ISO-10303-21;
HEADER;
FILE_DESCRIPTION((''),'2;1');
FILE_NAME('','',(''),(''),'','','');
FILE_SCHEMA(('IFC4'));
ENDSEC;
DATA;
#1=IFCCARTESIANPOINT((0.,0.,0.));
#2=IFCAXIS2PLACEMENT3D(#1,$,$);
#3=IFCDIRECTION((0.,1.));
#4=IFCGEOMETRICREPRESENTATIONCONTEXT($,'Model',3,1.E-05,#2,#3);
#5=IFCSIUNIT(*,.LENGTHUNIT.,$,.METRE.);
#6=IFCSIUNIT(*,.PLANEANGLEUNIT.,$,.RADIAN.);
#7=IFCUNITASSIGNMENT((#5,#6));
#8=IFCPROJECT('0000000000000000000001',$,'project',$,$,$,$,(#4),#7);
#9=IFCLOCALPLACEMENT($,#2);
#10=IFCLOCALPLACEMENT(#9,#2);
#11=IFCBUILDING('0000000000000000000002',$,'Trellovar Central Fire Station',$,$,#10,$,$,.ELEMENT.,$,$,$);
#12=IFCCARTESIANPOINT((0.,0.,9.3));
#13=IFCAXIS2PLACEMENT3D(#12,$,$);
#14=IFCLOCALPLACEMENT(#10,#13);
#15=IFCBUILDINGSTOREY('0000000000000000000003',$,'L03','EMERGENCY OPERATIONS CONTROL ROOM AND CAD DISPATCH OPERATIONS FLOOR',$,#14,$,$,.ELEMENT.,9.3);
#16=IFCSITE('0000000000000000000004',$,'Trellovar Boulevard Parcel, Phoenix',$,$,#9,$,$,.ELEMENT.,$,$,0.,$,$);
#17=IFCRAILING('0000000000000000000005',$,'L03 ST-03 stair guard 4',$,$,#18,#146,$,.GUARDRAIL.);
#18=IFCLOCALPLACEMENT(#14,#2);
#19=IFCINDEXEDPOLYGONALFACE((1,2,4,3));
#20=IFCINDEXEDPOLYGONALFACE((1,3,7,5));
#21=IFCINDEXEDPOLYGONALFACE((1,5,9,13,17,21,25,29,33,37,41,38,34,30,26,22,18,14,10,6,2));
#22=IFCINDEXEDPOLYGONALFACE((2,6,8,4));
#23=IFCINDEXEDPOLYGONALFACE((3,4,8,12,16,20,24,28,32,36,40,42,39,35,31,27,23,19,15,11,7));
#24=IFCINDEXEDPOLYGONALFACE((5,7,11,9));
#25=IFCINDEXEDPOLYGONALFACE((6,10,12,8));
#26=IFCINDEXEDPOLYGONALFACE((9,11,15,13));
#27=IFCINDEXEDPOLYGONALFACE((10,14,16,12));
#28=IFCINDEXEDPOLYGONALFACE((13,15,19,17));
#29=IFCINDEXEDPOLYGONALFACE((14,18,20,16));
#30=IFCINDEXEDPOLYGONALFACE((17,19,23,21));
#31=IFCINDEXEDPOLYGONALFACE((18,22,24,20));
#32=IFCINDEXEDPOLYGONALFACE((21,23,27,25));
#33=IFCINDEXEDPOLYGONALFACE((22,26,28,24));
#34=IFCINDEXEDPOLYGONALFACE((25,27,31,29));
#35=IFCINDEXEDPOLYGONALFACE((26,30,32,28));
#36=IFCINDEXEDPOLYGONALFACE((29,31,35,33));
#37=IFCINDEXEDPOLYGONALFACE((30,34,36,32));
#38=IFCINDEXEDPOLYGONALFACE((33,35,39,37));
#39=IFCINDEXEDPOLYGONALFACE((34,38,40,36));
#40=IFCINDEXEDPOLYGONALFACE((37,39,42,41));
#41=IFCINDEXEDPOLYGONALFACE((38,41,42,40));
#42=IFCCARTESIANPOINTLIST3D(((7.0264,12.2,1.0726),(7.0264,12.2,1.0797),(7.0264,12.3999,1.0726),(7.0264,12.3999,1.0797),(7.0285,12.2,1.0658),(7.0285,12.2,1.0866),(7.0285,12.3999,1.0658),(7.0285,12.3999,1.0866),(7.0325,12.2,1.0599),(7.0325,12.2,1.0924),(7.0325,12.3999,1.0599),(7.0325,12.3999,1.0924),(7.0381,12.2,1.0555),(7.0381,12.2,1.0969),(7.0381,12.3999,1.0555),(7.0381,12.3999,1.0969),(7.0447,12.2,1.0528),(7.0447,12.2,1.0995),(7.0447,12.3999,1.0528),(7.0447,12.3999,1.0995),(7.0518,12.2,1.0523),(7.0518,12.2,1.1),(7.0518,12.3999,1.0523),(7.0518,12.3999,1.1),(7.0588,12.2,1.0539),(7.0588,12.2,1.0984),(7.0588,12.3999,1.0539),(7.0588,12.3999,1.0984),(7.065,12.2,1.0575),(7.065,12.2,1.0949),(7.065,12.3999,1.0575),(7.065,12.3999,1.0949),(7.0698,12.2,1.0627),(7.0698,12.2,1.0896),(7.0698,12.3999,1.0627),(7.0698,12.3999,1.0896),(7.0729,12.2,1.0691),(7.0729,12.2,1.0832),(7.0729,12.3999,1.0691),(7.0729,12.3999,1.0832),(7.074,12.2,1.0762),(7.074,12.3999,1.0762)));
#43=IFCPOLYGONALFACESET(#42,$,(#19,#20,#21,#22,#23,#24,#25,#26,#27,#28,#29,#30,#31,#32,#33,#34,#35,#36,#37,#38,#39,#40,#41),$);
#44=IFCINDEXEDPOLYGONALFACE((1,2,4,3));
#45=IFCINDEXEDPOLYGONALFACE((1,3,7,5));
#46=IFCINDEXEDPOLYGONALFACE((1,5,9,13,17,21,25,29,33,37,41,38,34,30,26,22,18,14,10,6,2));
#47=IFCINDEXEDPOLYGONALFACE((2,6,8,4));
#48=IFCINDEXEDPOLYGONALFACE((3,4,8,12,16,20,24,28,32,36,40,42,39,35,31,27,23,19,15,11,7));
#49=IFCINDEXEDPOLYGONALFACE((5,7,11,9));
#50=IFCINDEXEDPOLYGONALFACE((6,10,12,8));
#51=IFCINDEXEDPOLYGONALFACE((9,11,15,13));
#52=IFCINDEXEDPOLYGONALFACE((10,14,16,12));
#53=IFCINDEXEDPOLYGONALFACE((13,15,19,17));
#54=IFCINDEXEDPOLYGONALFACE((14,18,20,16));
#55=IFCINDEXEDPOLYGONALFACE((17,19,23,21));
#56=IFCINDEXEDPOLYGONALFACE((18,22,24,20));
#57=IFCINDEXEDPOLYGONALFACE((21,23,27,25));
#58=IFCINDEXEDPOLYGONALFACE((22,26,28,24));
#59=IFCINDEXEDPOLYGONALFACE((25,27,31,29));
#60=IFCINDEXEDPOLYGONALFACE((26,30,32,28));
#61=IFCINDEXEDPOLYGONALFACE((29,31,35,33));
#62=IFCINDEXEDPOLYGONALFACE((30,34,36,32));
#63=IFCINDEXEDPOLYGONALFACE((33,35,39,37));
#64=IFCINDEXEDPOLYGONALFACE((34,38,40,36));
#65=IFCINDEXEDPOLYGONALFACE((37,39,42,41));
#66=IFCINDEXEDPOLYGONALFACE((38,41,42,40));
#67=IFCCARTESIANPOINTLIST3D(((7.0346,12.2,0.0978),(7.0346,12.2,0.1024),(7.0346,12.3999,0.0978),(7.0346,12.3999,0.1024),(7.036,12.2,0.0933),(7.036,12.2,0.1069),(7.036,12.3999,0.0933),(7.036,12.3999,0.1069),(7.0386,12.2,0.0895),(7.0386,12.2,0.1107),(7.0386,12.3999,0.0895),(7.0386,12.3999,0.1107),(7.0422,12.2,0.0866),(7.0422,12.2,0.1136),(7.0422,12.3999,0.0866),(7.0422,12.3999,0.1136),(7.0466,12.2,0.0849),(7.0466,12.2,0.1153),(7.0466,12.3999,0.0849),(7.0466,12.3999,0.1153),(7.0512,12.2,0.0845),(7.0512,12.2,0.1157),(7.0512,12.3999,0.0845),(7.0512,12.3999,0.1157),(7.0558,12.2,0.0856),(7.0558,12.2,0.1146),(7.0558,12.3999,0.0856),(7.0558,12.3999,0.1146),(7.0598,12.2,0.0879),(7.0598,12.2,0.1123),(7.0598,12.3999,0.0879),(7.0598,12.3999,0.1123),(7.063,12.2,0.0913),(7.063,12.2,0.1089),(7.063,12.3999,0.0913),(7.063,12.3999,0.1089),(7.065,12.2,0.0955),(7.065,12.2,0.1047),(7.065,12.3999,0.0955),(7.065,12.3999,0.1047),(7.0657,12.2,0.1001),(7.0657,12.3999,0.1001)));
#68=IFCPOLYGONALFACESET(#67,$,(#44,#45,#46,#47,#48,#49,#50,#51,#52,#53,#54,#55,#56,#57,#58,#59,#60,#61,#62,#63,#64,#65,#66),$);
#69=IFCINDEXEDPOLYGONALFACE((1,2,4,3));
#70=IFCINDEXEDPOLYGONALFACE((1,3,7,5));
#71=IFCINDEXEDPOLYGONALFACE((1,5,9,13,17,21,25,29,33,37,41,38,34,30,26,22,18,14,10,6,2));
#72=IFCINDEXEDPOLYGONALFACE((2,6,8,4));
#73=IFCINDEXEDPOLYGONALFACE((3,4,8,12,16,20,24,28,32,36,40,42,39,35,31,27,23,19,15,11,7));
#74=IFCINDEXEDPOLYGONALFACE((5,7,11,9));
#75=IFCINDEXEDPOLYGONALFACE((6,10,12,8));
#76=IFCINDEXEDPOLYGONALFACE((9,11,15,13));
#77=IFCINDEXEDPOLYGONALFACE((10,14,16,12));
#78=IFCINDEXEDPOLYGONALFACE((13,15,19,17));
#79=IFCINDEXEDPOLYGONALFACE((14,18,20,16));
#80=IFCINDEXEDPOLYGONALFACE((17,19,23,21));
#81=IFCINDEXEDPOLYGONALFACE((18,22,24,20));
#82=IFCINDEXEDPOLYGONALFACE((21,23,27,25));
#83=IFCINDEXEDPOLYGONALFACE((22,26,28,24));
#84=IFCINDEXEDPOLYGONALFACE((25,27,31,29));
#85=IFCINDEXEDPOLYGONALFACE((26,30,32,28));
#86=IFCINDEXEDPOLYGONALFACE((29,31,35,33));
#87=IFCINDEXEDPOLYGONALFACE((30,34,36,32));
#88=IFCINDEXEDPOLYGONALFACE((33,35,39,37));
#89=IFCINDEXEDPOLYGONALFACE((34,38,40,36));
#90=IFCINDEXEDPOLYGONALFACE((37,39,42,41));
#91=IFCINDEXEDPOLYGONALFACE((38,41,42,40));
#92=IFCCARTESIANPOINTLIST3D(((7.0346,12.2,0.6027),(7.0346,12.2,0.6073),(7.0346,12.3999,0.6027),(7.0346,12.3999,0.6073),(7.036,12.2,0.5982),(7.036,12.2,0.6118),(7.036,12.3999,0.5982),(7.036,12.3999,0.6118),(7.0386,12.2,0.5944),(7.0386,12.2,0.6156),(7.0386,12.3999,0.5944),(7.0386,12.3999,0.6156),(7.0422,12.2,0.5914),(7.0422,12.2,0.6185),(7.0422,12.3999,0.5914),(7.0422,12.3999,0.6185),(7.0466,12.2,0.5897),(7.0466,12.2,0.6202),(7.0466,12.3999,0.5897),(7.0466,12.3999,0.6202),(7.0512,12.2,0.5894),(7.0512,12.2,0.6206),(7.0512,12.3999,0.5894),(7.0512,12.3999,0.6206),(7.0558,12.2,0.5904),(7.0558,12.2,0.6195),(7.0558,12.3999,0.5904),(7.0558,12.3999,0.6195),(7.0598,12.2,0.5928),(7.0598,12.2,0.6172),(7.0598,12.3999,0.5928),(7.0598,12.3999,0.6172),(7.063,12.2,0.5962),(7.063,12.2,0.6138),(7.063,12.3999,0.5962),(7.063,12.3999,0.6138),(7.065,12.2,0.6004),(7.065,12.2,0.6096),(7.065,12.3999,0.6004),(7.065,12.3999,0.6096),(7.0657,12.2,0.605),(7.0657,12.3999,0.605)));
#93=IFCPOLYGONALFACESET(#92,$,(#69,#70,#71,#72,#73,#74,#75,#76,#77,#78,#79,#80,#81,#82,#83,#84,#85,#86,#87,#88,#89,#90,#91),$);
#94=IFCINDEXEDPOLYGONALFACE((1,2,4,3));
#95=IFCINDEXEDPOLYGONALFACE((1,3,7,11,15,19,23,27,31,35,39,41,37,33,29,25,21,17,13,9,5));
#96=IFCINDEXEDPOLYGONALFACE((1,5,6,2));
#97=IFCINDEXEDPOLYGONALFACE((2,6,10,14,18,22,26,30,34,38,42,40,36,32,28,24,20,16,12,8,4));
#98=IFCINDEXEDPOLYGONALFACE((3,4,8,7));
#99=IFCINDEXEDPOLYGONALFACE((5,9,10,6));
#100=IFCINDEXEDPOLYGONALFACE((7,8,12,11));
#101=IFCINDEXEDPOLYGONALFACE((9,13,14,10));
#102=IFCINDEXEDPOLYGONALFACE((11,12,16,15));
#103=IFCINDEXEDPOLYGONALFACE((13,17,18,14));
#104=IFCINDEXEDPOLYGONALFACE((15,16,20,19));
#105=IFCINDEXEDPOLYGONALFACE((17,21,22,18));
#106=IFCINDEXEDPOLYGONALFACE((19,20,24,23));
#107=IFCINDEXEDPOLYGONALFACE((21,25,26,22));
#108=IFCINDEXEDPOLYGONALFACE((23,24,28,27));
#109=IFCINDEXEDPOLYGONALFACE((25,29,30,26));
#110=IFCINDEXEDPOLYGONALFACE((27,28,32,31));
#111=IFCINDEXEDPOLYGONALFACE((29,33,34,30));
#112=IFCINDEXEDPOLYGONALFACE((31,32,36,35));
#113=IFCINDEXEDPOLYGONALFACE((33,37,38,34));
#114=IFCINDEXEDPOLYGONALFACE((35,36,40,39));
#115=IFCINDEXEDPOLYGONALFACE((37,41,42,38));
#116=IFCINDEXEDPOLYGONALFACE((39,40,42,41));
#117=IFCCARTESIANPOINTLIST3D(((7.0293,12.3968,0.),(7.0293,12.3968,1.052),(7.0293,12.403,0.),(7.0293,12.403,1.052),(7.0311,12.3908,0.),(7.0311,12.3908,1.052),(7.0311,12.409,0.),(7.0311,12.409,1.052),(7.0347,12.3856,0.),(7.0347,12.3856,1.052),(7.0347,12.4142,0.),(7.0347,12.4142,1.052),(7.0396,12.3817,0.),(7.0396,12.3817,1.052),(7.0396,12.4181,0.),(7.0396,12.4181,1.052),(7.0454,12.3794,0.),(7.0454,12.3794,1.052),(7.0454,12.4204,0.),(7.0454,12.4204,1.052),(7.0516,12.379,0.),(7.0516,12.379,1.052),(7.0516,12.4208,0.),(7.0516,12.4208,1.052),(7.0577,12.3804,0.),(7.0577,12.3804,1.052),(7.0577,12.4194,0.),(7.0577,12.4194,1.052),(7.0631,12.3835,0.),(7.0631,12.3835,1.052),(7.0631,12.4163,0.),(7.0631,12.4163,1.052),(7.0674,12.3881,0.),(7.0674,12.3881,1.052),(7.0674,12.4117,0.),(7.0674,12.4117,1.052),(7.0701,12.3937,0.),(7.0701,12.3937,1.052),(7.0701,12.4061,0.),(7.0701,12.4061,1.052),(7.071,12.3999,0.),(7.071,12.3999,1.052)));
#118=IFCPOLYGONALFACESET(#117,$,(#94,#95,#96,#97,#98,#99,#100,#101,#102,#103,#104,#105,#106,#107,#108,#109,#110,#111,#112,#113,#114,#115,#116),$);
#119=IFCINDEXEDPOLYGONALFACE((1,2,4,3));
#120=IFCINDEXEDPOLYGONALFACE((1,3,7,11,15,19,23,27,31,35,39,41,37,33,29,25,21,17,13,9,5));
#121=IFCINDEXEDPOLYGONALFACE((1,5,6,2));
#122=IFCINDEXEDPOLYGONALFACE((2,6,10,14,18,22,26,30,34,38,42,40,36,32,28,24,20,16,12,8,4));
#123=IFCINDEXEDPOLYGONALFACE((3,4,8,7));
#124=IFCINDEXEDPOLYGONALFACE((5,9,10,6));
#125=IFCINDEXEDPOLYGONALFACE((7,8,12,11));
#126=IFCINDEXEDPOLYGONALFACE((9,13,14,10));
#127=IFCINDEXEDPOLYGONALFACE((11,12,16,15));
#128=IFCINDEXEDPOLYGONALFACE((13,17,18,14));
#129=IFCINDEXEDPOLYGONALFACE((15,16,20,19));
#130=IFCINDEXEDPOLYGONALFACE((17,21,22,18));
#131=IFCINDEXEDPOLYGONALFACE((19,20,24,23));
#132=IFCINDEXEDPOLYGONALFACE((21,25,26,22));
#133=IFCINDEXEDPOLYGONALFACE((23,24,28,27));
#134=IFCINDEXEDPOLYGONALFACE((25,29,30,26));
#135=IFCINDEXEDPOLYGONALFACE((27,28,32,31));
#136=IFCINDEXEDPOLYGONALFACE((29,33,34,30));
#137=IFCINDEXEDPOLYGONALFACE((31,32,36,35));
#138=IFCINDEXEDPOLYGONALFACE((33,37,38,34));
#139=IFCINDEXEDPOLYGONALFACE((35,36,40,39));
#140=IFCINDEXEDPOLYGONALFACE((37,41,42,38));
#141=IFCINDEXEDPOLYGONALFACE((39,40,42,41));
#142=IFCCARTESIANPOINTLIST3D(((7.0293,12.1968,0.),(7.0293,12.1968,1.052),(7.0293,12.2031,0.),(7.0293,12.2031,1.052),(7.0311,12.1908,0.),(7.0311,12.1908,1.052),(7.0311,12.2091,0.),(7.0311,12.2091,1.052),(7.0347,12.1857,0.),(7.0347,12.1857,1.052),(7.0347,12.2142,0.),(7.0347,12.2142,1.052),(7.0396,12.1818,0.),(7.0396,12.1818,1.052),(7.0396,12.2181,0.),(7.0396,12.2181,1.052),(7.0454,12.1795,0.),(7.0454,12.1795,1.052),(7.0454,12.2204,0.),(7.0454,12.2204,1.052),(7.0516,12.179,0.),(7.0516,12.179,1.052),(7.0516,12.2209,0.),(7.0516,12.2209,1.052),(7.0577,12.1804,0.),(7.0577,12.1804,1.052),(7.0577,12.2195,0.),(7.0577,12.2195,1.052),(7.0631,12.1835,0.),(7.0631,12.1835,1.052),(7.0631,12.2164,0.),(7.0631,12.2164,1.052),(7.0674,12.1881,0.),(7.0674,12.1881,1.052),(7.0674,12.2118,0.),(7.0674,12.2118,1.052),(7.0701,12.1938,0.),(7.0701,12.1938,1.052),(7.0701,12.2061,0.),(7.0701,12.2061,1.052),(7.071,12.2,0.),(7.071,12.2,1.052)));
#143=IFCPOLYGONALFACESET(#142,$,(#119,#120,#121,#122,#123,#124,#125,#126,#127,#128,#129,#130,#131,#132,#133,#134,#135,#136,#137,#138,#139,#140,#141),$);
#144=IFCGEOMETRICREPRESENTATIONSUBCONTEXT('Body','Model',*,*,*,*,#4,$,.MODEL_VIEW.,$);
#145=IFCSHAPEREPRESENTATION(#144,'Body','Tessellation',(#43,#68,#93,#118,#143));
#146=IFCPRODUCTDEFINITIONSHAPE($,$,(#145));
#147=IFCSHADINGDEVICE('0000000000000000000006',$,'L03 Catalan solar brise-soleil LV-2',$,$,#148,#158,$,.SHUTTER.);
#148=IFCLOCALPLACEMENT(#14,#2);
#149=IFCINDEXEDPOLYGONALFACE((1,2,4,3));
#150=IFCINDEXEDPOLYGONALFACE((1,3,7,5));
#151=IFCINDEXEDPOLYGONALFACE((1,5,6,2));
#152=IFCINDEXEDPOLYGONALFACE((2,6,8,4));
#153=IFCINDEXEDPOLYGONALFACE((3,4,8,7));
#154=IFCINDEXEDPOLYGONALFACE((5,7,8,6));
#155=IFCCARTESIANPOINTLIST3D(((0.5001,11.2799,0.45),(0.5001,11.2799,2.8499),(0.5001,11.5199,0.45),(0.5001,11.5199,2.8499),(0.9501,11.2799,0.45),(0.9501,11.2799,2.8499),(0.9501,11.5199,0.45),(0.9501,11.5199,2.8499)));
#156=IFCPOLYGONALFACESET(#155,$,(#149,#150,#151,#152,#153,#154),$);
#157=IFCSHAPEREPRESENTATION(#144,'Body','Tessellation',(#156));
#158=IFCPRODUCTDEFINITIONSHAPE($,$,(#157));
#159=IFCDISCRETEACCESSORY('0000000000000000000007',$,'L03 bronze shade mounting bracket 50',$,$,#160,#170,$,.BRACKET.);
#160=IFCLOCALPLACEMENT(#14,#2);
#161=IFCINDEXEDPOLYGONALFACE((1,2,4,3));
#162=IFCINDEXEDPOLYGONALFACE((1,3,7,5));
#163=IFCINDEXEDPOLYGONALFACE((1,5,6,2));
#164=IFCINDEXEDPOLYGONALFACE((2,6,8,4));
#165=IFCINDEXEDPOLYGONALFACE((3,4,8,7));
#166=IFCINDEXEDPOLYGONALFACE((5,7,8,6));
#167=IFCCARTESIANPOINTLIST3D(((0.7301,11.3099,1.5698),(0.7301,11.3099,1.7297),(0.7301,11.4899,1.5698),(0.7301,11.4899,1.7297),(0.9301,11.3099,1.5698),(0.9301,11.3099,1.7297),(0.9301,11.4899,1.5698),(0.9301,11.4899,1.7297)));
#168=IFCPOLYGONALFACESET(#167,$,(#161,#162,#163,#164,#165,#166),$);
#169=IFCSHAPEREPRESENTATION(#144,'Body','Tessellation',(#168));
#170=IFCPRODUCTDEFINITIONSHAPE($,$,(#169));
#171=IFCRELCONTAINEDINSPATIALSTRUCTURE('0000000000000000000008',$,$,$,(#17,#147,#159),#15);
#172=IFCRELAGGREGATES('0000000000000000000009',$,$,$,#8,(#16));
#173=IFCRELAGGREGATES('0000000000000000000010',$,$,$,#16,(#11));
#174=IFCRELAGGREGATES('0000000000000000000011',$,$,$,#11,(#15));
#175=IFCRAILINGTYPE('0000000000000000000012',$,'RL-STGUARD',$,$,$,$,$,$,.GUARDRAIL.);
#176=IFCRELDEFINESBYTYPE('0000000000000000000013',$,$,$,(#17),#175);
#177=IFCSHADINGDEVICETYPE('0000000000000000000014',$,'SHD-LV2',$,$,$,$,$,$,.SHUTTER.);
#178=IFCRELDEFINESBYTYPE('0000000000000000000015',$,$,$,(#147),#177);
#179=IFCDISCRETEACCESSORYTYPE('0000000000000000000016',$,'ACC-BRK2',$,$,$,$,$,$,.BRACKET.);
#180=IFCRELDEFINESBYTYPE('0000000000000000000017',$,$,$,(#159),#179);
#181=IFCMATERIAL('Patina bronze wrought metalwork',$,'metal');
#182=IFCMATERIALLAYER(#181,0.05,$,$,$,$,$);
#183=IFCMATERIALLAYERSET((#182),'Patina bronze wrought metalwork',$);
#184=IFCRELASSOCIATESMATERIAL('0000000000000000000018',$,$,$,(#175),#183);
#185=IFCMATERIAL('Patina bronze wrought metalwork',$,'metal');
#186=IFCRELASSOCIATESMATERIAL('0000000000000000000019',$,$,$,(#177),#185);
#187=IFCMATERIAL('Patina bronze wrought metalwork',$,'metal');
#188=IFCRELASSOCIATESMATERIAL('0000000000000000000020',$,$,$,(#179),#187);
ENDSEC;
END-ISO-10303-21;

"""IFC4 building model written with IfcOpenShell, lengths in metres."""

from ifc_helpers import new_model, si_unit, direction, frame, origin, origin_2d, place, context, subcontext, project, spatial, rectangle, circle, extrude, material, layer, layer_set, type_object, element, save


model = new_model("IFC4")

# Units and contexts
model_context = context("Model", 3, precision=1e-05, world=origin(), true_north=direction((0.0, 1.0)))
body_context = subcontext(model_context, "Body", "Model", "MODEL_VIEW")
ifc_project = project(units=[si_unit("LENGTHUNIT", "METRE"), si_unit("PLANEANGLEUNIT", "RADIAN")], contexts=[model_context])

# Site, building, storey
site_placement = place(None, origin())
site = spatial("IfcSite", under=ifc_project, at=site_placement, Name="Trellovar Boulevard Parcel, Phoenix", CompositionType="ELEMENT", RefElevation=0.0)
building_placement = place(site_placement, origin())
building = spatial("IfcBuilding", under=site, at=building_placement, Name="Trellovar Central Fire Station", CompositionType="ELEMENT")
storey_placement = place(building_placement, frame((0.0, 0.0, 9.3)))
storey = spatial("IfcBuildingStorey", under=building, at=storey_placement, Name="L03", Description="EMERGENCY OPERATIONS CONTROL ROOM AND CAD DISPATCH OPERATIONS FLOOR", CompositionType="ELEMENT", Elevation=9.3)

# Railing
ifc_material_1 = material(Name="Patina bronze wrought metalwork", Category="metal")
ifc_layer_1 = layer(ifc_material_1, 0.05)
ifc_layer_set_1 = layer_set([ifc_layer_1], Name="Patina bronze wrought metalwork")
railing_type_1 = type_object("IfcRailingType", Name="RL-STGUARD", PredefinedType="GUARDRAIL", material=ifc_layer_set_1)
railing_1_placement = place(storey_placement, frame((7.05, 12.3999, 0.0)))
element("IfcRailing", 1, at=railing_1_placement, inside=storey, type_object=railing_type_1, Name="L03 ST-03 stair guard 4", PredefinedType="GUARDRAIL", context=body_context, shape_type="SweptSolid", body=[
    extrude(circle(Radius=0.0239, at=origin_2d()), frame((0.0, 0.0, 1.0762), z_axis=(0.0, -1.0, 0.0), x_axis=(1.0, 0.0, 0.0)), (0.0, 0.0, 1.0), 0.2),
    extrude(circle(Radius=0.0156, at=origin_2d()), frame((0.0, 0.0, 0.1001), z_axis=(0.0, -1.0, 0.0), x_axis=(1.0, 0.0, 0.0)), (0.0, 0.0, 1.0), 0.2),
    extrude(circle(Radius=0.0156, at=origin_2d()), frame((0.0, 0.0, 0.605), z_axis=(0.0, -1.0, 0.0), x_axis=(1.0, 0.0, 0.0)), (0.0, 0.0, 1.0), 0.2),
    extrude(circle(Radius=0.021, at=origin_2d()), origin(), (0.0, 0.0, 1.0), 1.052),
    extrude(circle(Radius=0.021, at=origin_2d()), frame((0.0, -0.2, 0.0)), (0.0, 0.0, 1.0), 1.052),
])

# Shading device
ifc_material_2 = material(Name="Patina bronze wrought metalwork", Category="metal")
shading_device_type = type_object("IfcShadingDeviceType", Name="SHD-LV2", PredefinedType="SHUTTER", material=ifc_material_2)
shading_device_placement = place(storey_placement, frame((0.7251, 11.3999, 0.45), z_axis=(0.0, 0.0, 1.0), x_axis=(1.0, 0.0, 0.0)))
element("IfcShadingDevice", 2, at=shading_device_placement, inside=storey, type_object=shading_device_type, Name="L03 Catalan solar brise-soleil LV-2", PredefinedType="SHUTTER", context=body_context, shape_type="SweptSolid", body=[
    extrude(rectangle(XDim=0.45, YDim=0.24, at=origin_2d()), origin(), (0.0, 0.0, 1.0), 2.3999),
])

# Discrete accessory
ifc_material_3 = material(Name="Patina bronze wrought metalwork", Category="metal")
discrete_accessory_type = type_object("IfcDiscreteAccessoryType", Name="ACC-BRK2", PredefinedType="BRACKET", material=ifc_material_3)
discrete_accessory_placement = place(storey_placement, frame((0.8301, 11.3999, 1.5698), z_axis=(0.0, 0.0, 1.0), x_axis=(1.0, 0.0, 0.0)))
element("IfcDiscreteAccessory", 3, at=discrete_accessory_placement, inside=storey, type_object=discrete_accessory_type, Name="L03 bronze shade mounting bracket 50", PredefinedType="BRACKET", context=body_context, shape_type="SweptSolid", body=[
    extrude(rectangle(XDim=0.2, YDim=0.1799, at=origin_2d()), origin(), (0.0, 0.0, 1.0), 0.1599),
])

save(model, "model.ifc")
